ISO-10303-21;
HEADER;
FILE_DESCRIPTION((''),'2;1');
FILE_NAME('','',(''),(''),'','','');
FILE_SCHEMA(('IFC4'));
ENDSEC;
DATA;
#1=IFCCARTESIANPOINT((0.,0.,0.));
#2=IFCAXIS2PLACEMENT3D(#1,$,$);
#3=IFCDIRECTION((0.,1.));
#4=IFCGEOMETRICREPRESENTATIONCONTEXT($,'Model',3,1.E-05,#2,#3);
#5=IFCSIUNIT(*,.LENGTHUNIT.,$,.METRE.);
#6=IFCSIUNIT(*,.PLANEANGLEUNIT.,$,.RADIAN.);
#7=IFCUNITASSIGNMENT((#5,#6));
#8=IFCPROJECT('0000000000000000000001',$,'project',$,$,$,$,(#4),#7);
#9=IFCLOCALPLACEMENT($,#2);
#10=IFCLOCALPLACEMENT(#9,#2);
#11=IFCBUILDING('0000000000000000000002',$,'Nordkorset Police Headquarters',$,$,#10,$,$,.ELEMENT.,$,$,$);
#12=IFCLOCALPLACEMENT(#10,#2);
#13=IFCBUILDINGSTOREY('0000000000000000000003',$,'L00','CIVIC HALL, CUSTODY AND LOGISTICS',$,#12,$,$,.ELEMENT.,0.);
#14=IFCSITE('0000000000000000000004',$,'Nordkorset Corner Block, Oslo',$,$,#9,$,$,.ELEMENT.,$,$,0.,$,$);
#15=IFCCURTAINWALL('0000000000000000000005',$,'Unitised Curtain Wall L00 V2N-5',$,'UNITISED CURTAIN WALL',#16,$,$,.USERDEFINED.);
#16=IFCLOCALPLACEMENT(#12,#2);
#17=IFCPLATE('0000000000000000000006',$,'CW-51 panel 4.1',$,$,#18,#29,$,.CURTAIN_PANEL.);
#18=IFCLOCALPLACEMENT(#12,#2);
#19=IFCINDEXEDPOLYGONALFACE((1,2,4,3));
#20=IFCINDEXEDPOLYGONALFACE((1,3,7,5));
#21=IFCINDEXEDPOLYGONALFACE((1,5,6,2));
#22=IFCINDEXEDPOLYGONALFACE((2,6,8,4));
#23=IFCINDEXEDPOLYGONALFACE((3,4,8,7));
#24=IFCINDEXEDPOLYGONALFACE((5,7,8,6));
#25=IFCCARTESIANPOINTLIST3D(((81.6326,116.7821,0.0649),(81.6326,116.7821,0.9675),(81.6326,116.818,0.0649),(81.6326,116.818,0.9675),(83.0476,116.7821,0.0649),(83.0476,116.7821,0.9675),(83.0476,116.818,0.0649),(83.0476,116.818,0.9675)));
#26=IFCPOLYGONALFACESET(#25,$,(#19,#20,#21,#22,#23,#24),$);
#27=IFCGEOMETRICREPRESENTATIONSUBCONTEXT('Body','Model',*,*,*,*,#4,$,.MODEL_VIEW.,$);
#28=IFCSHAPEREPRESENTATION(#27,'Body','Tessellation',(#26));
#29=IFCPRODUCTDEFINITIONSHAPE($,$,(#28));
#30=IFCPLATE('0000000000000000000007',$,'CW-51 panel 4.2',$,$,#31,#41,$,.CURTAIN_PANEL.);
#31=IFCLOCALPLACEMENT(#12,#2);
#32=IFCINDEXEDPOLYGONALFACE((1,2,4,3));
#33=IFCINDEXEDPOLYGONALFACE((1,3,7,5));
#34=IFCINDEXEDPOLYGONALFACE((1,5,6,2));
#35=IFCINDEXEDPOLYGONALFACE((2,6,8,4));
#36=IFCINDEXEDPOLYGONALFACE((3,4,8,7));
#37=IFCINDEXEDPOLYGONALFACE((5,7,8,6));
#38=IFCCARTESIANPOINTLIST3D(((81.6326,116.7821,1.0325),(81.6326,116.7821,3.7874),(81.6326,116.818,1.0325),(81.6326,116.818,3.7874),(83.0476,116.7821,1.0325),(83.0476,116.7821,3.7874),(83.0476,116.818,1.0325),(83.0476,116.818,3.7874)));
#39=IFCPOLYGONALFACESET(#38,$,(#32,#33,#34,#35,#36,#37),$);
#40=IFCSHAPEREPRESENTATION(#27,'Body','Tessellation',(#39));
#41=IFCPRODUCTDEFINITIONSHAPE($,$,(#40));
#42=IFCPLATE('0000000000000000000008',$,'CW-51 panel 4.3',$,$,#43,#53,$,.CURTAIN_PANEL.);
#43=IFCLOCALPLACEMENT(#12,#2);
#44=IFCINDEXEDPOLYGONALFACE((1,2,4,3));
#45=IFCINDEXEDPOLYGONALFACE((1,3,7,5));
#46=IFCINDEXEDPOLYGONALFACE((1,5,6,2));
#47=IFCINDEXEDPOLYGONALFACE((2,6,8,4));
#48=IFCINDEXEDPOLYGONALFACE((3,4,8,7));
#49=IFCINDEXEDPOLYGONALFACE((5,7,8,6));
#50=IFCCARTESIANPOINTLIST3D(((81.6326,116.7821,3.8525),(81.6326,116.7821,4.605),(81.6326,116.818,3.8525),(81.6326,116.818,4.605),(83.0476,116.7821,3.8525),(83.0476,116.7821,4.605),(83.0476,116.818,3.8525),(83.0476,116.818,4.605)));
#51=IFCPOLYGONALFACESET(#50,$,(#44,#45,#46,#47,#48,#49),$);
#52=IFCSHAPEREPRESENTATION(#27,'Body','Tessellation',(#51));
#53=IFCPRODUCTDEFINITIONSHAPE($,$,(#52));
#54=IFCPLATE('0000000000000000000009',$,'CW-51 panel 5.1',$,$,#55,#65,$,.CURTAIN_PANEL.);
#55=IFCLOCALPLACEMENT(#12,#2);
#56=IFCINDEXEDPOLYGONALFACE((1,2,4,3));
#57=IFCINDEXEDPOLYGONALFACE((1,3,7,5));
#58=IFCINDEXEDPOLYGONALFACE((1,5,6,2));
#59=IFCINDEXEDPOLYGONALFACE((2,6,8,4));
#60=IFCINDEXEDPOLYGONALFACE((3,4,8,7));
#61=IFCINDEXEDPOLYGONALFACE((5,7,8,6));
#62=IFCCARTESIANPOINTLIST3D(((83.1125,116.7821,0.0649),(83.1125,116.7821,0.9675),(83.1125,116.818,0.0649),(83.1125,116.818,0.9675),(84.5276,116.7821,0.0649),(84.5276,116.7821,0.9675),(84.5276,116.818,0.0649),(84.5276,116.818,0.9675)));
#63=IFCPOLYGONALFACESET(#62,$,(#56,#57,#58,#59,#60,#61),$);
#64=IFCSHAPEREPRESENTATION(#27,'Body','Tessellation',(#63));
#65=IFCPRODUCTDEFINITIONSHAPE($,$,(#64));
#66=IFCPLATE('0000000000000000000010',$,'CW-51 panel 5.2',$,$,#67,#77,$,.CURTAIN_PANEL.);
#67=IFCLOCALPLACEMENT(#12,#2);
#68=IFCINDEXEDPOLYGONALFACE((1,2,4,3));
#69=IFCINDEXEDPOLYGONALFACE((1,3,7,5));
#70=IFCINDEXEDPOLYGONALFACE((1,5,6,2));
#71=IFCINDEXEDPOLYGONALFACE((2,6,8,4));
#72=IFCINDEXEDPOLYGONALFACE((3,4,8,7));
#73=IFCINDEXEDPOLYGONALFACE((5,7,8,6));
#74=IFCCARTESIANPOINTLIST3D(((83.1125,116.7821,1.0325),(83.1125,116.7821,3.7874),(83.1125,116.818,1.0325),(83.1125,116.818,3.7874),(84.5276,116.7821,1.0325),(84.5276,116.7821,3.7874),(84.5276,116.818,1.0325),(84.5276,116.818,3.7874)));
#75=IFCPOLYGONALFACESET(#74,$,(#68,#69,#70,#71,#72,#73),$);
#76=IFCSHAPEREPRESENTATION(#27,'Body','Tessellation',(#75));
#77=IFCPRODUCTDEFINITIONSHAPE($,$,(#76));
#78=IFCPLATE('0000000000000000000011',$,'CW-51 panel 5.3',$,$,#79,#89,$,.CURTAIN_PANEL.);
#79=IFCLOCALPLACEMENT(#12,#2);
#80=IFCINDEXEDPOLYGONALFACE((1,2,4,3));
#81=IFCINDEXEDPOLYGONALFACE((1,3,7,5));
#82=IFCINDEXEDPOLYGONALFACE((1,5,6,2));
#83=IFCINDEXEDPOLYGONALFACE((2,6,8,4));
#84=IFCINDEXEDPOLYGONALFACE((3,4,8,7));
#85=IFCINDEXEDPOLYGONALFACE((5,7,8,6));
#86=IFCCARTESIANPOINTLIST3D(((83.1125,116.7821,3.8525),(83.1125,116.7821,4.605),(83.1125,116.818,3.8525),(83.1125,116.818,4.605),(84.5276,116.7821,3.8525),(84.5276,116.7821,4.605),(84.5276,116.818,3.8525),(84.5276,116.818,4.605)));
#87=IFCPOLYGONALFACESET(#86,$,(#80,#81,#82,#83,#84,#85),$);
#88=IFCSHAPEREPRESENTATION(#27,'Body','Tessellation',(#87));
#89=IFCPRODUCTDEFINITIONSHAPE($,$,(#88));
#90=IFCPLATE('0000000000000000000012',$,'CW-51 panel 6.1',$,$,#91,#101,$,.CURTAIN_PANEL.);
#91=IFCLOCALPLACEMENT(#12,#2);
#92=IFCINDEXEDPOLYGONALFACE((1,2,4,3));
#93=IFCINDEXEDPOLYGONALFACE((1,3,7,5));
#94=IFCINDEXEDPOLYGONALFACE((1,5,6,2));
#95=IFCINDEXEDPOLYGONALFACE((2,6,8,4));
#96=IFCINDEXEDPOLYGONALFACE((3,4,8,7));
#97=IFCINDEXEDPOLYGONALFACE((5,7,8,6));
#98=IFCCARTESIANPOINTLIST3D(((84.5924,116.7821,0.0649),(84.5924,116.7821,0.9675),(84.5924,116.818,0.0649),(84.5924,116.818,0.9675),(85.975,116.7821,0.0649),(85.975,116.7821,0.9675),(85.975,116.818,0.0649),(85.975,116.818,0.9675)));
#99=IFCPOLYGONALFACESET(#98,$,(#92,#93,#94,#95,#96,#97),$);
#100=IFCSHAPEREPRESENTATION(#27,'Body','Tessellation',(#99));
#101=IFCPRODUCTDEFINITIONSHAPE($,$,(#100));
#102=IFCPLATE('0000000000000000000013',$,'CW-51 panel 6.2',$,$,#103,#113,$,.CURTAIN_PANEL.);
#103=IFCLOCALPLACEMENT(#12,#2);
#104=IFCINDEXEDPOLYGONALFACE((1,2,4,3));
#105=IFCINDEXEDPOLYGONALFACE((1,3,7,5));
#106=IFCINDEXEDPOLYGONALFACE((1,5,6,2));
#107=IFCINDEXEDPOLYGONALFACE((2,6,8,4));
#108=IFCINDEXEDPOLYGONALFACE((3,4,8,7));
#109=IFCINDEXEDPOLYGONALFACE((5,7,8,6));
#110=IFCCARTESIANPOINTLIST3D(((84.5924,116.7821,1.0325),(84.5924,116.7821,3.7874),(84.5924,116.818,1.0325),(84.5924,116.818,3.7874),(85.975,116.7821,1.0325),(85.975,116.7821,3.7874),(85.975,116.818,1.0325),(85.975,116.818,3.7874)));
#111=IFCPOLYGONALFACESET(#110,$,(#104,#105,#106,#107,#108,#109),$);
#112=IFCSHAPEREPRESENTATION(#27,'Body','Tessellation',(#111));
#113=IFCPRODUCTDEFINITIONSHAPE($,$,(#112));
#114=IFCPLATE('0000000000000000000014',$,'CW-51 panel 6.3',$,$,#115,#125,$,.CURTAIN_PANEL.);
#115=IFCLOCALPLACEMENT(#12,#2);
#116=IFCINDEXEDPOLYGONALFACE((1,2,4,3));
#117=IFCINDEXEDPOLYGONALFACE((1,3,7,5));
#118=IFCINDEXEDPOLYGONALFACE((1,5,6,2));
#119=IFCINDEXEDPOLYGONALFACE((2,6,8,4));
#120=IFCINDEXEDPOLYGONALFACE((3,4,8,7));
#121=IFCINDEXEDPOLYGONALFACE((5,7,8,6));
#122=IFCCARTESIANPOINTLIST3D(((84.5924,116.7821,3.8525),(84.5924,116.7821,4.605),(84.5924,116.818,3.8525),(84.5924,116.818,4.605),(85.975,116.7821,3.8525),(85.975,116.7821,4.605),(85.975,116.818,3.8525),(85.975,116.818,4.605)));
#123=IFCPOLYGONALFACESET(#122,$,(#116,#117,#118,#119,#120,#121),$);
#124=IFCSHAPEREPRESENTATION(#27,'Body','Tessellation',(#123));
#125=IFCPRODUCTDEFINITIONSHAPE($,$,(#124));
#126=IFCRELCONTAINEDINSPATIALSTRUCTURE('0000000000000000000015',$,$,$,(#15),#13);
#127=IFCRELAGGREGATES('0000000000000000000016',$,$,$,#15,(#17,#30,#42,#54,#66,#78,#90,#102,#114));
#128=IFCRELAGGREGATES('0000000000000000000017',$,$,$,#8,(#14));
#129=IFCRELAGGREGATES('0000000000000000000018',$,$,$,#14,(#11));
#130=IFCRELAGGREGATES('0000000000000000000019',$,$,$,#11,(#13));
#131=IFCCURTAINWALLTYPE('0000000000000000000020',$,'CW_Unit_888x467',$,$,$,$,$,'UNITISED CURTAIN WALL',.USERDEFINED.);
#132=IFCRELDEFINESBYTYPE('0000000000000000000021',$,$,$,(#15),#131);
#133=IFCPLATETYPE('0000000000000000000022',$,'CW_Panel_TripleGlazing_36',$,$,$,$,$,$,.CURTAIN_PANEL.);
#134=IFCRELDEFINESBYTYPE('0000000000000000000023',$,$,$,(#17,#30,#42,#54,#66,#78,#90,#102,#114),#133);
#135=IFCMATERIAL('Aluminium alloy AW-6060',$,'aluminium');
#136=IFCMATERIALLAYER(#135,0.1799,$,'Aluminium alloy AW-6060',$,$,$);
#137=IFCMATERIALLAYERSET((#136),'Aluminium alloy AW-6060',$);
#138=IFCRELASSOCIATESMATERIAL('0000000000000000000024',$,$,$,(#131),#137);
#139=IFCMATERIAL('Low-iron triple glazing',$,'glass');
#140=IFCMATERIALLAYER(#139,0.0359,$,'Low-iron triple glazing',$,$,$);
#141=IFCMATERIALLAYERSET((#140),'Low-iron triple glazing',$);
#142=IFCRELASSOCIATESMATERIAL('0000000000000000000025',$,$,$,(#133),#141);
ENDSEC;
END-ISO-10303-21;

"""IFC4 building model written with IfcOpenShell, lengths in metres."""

from ifc_helpers import new_model, si_unit, direction, frame, origin, origin_2d, place, context, subcontext, project, spatial, rectangle, extrude, material, layer, layer_set, type_object, element, aggregate, save


model = new_model("IFC4")

# Units and contexts
model_context = context("Model", 3, precision=1e-05, world=origin(), true_north=direction((0.0, 1.0)))
body_context = subcontext(model_context, "Body", "Model", "MODEL_VIEW")
ifc_project = project(units=[si_unit("LENGTHUNIT", "METRE"), si_unit("PLANEANGLEUNIT", "RADIAN")], contexts=[model_context])

# Site, building, storey
site_placement = place(None, origin())
site = spatial("IfcSite", under=ifc_project, at=site_placement, Name="Nordkorset Corner Block, Oslo", CompositionType="ELEMENT", RefElevation=0.0)
building_placement = place(site_placement, origin())
building = spatial("IfcBuilding", under=site, at=building_placement, Name="Nordkorset Police Headquarters", CompositionType="ELEMENT")
storey_placement = place(building_placement, origin())
storey = spatial("IfcBuildingStorey", under=building, at=storey_placement, Name="L00", Description="CIVIC HALL, CUSTODY AND LOGISTICS", CompositionType="ELEMENT", Elevation=0.0)

# Curtain wall, plates
ifc_material_1 = material(Name="Aluminium alloy AW-6060", Category="aluminium")
ifc_layer_1 = layer(ifc_material_1, 0.1799, Name="Aluminium alloy AW-6060")
ifc_layer_set_1 = layer_set([ifc_layer_1], Name="Aluminium alloy AW-6060")
curtain_wall_type = type_object("IfcCurtainWallType", Name="CW_Unit_888x467", ElementType="UNITISED CURTAIN WALL", PredefinedType="USERDEFINED", material=ifc_layer_set_1)
curtain_wall_placement = place(storey_placement, origin())
curtain_wall = element("IfcCurtainWall", 1, at=curtain_wall_placement, inside=storey, type_object=curtain_wall_type, Name="Unitised Curtain Wall L00 V2N-5", ObjectType="UNITISED CURTAIN WALL", PredefinedType="USERDEFINED")
ifc_material_2 = material(Name="Low-iron triple glazing", Category="glass")
ifc_layer_2 = layer(ifc_material_2, 0.0359, Name="Low-iron triple glazing")
ifc_layer_set_2 = layer_set([ifc_layer_2], Name="Low-iron triple glazing")
plate_type = type_object("IfcPlateType", Name="CW_Panel_TripleGlazing_36", PredefinedType="CURTAIN_PANEL", material=ifc_layer_set_2)
plate_1_placement = place(storey_placement, frame((82.3401, 116.8, 0.0649), z_axis=(0.0, 0.0, 1.0), x_axis=(1.0, 0.0, 0.0)))
plate_1 = element("IfcPlate", 2, at=plate_1_placement, type_object=plate_type, Name="CW-51 panel 4.1", PredefinedType="CURTAIN_PANEL", context=body_context, shape_type="SweptSolid", body=[
    extrude(rectangle(XDim=1.415, YDim=0.0359, at=origin_2d()), origin(), (0.0, 0.0, 1.0), 0.9026),
])
plate_2_placement = place(storey_placement, frame((82.3401, 116.8, 1.0325), z_axis=(0.0, 0.0, 1.0), x_axis=(1.0, 0.0, 0.0)))
plate_2 = element("IfcPlate", 3, at=plate_2_placement, type_object=plate_type, Name="CW-51 panel 4.2", PredefinedType="CURTAIN_PANEL", context=body_context, shape_type="SweptSolid", body=[
    extrude(rectangle(XDim=1.415, YDim=0.0359, at=origin_2d()), origin(), (0.0, 0.0, 1.0), 2.7549),
])
plate_3_placement = place(storey_placement, frame((82.3401, 116.8, 3.8525), z_axis=(0.0, 0.0, 1.0), x_axis=(1.0, 0.0, 0.0)))
plate_3 = element("IfcPlate", 4, at=plate_3_placement, type_object=plate_type, Name="CW-51 panel 4.3", PredefinedType="CURTAIN_PANEL", context=body_context, shape_type="SweptSolid", body=[
    extrude(rectangle(XDim=1.415, YDim=0.0359, at=origin_2d()), origin(), (0.0, 0.0, 1.0), 0.7524),
])
plate_4_placement = place(storey_placement, frame((83.8201, 116.8, 0.0649), z_axis=(0.0, 0.0, 1.0), x_axis=(1.0, 0.0, 0.0)))
plate_4 = element("IfcPlate", 5, at=plate_4_placement, type_object=plate_type, Name="CW-51 panel 5.1", PredefinedType="CURTAIN_PANEL", context=body_context, shape_type="SweptSolid", body=[
    extrude(rectangle(XDim=1.415, YDim=0.0359, at=origin_2d()), origin(), (0.0, 0.0, 1.0), 0.9026),
])
plate_5_placement = place(storey_placement, frame((83.8201, 116.8, 1.0325), z_axis=(0.0, 0.0, 1.0), x_axis=(1.0, 0.0, 0.0)))
plate_5 = element("IfcPlate", 6, at=plate_5_placement, type_object=plate_type, Name="CW-51 panel 5.2", PredefinedType="CURTAIN_PANEL", context=body_context, shape_type="SweptSolid", body=[
    extrude(rectangle(XDim=1.415, YDim=0.0359, at=origin_2d()), origin(), (0.0, 0.0, 1.0), 2.7549),
])
plate_6_placement = place(storey_placement, frame((83.8201, 116.8, 3.8525), z_axis=(0.0, 0.0, 1.0), x_axis=(1.0, 0.0, 0.0)))
plate_6 = element("IfcPlate", 7, at=plate_6_placement, type_object=plate_type, Name="CW-51 panel 5.3", PredefinedType="CURTAIN_PANEL", context=body_context, shape_type="SweptSolid", body=[
    extrude(rectangle(XDim=1.415, YDim=0.0359, at=origin_2d()), origin(), (0.0, 0.0, 1.0), 0.7524),
])
plate_7_placement = place(storey_placement, frame((85.2837, 116.8, 0.0649), z_axis=(0.0, 0.0, 1.0), x_axis=(1.0, 0.0, 0.0)))
plate_7 = element("IfcPlate", 8, at=plate_7_placement, type_object=plate_type, Name="CW-51 panel 6.1", PredefinedType="CURTAIN_PANEL", context=body_context, shape_type="SweptSolid", body=[
    extrude(rectangle(XDim=1.3826, YDim=0.0359, at=origin_2d()), origin(), (0.0, 0.0, 1.0), 0.9026),
])
plate_8_placement = place(storey_placement, frame((85.2837, 116.8, 1.0325), z_axis=(0.0, 0.0, 1.0), x_axis=(1.0, 0.0, 0.0)))
plate_8 = element("IfcPlate", 9, at=plate_8_placement, type_object=plate_type, Name="CW-51 panel 6.2", PredefinedType="CURTAIN_PANEL", context=body_context, shape_type="SweptSolid", body=[
    extrude(rectangle(XDim=1.3826, YDim=0.0359, at=origin_2d()), origin(), (0.0, 0.0, 1.0), 2.7549),
])
plate_9_placement = place(storey_placement, frame((85.2837, 116.8, 3.8525), z_axis=(0.0, 0.0, 1.0), x_axis=(1.0, 0.0, 0.0)))
plate_9 = element("IfcPlate", 10, at=plate_9_placement, type_object=plate_type, Name="CW-51 panel 6.3", PredefinedType="CURTAIN_PANEL", context=body_context, shape_type="SweptSolid", body=[
    extrude(rectangle(XDim=1.3826, YDim=0.0359, at=origin_2d()), origin(), (0.0, 0.0, 1.0), 0.7524),
])
aggregate(curtain_wall, [plate_1, plate_2, plate_3, plate_4, plate_5, plate_6, plate_7, plate_8, plate_9])

save(model, "model.ifc")
